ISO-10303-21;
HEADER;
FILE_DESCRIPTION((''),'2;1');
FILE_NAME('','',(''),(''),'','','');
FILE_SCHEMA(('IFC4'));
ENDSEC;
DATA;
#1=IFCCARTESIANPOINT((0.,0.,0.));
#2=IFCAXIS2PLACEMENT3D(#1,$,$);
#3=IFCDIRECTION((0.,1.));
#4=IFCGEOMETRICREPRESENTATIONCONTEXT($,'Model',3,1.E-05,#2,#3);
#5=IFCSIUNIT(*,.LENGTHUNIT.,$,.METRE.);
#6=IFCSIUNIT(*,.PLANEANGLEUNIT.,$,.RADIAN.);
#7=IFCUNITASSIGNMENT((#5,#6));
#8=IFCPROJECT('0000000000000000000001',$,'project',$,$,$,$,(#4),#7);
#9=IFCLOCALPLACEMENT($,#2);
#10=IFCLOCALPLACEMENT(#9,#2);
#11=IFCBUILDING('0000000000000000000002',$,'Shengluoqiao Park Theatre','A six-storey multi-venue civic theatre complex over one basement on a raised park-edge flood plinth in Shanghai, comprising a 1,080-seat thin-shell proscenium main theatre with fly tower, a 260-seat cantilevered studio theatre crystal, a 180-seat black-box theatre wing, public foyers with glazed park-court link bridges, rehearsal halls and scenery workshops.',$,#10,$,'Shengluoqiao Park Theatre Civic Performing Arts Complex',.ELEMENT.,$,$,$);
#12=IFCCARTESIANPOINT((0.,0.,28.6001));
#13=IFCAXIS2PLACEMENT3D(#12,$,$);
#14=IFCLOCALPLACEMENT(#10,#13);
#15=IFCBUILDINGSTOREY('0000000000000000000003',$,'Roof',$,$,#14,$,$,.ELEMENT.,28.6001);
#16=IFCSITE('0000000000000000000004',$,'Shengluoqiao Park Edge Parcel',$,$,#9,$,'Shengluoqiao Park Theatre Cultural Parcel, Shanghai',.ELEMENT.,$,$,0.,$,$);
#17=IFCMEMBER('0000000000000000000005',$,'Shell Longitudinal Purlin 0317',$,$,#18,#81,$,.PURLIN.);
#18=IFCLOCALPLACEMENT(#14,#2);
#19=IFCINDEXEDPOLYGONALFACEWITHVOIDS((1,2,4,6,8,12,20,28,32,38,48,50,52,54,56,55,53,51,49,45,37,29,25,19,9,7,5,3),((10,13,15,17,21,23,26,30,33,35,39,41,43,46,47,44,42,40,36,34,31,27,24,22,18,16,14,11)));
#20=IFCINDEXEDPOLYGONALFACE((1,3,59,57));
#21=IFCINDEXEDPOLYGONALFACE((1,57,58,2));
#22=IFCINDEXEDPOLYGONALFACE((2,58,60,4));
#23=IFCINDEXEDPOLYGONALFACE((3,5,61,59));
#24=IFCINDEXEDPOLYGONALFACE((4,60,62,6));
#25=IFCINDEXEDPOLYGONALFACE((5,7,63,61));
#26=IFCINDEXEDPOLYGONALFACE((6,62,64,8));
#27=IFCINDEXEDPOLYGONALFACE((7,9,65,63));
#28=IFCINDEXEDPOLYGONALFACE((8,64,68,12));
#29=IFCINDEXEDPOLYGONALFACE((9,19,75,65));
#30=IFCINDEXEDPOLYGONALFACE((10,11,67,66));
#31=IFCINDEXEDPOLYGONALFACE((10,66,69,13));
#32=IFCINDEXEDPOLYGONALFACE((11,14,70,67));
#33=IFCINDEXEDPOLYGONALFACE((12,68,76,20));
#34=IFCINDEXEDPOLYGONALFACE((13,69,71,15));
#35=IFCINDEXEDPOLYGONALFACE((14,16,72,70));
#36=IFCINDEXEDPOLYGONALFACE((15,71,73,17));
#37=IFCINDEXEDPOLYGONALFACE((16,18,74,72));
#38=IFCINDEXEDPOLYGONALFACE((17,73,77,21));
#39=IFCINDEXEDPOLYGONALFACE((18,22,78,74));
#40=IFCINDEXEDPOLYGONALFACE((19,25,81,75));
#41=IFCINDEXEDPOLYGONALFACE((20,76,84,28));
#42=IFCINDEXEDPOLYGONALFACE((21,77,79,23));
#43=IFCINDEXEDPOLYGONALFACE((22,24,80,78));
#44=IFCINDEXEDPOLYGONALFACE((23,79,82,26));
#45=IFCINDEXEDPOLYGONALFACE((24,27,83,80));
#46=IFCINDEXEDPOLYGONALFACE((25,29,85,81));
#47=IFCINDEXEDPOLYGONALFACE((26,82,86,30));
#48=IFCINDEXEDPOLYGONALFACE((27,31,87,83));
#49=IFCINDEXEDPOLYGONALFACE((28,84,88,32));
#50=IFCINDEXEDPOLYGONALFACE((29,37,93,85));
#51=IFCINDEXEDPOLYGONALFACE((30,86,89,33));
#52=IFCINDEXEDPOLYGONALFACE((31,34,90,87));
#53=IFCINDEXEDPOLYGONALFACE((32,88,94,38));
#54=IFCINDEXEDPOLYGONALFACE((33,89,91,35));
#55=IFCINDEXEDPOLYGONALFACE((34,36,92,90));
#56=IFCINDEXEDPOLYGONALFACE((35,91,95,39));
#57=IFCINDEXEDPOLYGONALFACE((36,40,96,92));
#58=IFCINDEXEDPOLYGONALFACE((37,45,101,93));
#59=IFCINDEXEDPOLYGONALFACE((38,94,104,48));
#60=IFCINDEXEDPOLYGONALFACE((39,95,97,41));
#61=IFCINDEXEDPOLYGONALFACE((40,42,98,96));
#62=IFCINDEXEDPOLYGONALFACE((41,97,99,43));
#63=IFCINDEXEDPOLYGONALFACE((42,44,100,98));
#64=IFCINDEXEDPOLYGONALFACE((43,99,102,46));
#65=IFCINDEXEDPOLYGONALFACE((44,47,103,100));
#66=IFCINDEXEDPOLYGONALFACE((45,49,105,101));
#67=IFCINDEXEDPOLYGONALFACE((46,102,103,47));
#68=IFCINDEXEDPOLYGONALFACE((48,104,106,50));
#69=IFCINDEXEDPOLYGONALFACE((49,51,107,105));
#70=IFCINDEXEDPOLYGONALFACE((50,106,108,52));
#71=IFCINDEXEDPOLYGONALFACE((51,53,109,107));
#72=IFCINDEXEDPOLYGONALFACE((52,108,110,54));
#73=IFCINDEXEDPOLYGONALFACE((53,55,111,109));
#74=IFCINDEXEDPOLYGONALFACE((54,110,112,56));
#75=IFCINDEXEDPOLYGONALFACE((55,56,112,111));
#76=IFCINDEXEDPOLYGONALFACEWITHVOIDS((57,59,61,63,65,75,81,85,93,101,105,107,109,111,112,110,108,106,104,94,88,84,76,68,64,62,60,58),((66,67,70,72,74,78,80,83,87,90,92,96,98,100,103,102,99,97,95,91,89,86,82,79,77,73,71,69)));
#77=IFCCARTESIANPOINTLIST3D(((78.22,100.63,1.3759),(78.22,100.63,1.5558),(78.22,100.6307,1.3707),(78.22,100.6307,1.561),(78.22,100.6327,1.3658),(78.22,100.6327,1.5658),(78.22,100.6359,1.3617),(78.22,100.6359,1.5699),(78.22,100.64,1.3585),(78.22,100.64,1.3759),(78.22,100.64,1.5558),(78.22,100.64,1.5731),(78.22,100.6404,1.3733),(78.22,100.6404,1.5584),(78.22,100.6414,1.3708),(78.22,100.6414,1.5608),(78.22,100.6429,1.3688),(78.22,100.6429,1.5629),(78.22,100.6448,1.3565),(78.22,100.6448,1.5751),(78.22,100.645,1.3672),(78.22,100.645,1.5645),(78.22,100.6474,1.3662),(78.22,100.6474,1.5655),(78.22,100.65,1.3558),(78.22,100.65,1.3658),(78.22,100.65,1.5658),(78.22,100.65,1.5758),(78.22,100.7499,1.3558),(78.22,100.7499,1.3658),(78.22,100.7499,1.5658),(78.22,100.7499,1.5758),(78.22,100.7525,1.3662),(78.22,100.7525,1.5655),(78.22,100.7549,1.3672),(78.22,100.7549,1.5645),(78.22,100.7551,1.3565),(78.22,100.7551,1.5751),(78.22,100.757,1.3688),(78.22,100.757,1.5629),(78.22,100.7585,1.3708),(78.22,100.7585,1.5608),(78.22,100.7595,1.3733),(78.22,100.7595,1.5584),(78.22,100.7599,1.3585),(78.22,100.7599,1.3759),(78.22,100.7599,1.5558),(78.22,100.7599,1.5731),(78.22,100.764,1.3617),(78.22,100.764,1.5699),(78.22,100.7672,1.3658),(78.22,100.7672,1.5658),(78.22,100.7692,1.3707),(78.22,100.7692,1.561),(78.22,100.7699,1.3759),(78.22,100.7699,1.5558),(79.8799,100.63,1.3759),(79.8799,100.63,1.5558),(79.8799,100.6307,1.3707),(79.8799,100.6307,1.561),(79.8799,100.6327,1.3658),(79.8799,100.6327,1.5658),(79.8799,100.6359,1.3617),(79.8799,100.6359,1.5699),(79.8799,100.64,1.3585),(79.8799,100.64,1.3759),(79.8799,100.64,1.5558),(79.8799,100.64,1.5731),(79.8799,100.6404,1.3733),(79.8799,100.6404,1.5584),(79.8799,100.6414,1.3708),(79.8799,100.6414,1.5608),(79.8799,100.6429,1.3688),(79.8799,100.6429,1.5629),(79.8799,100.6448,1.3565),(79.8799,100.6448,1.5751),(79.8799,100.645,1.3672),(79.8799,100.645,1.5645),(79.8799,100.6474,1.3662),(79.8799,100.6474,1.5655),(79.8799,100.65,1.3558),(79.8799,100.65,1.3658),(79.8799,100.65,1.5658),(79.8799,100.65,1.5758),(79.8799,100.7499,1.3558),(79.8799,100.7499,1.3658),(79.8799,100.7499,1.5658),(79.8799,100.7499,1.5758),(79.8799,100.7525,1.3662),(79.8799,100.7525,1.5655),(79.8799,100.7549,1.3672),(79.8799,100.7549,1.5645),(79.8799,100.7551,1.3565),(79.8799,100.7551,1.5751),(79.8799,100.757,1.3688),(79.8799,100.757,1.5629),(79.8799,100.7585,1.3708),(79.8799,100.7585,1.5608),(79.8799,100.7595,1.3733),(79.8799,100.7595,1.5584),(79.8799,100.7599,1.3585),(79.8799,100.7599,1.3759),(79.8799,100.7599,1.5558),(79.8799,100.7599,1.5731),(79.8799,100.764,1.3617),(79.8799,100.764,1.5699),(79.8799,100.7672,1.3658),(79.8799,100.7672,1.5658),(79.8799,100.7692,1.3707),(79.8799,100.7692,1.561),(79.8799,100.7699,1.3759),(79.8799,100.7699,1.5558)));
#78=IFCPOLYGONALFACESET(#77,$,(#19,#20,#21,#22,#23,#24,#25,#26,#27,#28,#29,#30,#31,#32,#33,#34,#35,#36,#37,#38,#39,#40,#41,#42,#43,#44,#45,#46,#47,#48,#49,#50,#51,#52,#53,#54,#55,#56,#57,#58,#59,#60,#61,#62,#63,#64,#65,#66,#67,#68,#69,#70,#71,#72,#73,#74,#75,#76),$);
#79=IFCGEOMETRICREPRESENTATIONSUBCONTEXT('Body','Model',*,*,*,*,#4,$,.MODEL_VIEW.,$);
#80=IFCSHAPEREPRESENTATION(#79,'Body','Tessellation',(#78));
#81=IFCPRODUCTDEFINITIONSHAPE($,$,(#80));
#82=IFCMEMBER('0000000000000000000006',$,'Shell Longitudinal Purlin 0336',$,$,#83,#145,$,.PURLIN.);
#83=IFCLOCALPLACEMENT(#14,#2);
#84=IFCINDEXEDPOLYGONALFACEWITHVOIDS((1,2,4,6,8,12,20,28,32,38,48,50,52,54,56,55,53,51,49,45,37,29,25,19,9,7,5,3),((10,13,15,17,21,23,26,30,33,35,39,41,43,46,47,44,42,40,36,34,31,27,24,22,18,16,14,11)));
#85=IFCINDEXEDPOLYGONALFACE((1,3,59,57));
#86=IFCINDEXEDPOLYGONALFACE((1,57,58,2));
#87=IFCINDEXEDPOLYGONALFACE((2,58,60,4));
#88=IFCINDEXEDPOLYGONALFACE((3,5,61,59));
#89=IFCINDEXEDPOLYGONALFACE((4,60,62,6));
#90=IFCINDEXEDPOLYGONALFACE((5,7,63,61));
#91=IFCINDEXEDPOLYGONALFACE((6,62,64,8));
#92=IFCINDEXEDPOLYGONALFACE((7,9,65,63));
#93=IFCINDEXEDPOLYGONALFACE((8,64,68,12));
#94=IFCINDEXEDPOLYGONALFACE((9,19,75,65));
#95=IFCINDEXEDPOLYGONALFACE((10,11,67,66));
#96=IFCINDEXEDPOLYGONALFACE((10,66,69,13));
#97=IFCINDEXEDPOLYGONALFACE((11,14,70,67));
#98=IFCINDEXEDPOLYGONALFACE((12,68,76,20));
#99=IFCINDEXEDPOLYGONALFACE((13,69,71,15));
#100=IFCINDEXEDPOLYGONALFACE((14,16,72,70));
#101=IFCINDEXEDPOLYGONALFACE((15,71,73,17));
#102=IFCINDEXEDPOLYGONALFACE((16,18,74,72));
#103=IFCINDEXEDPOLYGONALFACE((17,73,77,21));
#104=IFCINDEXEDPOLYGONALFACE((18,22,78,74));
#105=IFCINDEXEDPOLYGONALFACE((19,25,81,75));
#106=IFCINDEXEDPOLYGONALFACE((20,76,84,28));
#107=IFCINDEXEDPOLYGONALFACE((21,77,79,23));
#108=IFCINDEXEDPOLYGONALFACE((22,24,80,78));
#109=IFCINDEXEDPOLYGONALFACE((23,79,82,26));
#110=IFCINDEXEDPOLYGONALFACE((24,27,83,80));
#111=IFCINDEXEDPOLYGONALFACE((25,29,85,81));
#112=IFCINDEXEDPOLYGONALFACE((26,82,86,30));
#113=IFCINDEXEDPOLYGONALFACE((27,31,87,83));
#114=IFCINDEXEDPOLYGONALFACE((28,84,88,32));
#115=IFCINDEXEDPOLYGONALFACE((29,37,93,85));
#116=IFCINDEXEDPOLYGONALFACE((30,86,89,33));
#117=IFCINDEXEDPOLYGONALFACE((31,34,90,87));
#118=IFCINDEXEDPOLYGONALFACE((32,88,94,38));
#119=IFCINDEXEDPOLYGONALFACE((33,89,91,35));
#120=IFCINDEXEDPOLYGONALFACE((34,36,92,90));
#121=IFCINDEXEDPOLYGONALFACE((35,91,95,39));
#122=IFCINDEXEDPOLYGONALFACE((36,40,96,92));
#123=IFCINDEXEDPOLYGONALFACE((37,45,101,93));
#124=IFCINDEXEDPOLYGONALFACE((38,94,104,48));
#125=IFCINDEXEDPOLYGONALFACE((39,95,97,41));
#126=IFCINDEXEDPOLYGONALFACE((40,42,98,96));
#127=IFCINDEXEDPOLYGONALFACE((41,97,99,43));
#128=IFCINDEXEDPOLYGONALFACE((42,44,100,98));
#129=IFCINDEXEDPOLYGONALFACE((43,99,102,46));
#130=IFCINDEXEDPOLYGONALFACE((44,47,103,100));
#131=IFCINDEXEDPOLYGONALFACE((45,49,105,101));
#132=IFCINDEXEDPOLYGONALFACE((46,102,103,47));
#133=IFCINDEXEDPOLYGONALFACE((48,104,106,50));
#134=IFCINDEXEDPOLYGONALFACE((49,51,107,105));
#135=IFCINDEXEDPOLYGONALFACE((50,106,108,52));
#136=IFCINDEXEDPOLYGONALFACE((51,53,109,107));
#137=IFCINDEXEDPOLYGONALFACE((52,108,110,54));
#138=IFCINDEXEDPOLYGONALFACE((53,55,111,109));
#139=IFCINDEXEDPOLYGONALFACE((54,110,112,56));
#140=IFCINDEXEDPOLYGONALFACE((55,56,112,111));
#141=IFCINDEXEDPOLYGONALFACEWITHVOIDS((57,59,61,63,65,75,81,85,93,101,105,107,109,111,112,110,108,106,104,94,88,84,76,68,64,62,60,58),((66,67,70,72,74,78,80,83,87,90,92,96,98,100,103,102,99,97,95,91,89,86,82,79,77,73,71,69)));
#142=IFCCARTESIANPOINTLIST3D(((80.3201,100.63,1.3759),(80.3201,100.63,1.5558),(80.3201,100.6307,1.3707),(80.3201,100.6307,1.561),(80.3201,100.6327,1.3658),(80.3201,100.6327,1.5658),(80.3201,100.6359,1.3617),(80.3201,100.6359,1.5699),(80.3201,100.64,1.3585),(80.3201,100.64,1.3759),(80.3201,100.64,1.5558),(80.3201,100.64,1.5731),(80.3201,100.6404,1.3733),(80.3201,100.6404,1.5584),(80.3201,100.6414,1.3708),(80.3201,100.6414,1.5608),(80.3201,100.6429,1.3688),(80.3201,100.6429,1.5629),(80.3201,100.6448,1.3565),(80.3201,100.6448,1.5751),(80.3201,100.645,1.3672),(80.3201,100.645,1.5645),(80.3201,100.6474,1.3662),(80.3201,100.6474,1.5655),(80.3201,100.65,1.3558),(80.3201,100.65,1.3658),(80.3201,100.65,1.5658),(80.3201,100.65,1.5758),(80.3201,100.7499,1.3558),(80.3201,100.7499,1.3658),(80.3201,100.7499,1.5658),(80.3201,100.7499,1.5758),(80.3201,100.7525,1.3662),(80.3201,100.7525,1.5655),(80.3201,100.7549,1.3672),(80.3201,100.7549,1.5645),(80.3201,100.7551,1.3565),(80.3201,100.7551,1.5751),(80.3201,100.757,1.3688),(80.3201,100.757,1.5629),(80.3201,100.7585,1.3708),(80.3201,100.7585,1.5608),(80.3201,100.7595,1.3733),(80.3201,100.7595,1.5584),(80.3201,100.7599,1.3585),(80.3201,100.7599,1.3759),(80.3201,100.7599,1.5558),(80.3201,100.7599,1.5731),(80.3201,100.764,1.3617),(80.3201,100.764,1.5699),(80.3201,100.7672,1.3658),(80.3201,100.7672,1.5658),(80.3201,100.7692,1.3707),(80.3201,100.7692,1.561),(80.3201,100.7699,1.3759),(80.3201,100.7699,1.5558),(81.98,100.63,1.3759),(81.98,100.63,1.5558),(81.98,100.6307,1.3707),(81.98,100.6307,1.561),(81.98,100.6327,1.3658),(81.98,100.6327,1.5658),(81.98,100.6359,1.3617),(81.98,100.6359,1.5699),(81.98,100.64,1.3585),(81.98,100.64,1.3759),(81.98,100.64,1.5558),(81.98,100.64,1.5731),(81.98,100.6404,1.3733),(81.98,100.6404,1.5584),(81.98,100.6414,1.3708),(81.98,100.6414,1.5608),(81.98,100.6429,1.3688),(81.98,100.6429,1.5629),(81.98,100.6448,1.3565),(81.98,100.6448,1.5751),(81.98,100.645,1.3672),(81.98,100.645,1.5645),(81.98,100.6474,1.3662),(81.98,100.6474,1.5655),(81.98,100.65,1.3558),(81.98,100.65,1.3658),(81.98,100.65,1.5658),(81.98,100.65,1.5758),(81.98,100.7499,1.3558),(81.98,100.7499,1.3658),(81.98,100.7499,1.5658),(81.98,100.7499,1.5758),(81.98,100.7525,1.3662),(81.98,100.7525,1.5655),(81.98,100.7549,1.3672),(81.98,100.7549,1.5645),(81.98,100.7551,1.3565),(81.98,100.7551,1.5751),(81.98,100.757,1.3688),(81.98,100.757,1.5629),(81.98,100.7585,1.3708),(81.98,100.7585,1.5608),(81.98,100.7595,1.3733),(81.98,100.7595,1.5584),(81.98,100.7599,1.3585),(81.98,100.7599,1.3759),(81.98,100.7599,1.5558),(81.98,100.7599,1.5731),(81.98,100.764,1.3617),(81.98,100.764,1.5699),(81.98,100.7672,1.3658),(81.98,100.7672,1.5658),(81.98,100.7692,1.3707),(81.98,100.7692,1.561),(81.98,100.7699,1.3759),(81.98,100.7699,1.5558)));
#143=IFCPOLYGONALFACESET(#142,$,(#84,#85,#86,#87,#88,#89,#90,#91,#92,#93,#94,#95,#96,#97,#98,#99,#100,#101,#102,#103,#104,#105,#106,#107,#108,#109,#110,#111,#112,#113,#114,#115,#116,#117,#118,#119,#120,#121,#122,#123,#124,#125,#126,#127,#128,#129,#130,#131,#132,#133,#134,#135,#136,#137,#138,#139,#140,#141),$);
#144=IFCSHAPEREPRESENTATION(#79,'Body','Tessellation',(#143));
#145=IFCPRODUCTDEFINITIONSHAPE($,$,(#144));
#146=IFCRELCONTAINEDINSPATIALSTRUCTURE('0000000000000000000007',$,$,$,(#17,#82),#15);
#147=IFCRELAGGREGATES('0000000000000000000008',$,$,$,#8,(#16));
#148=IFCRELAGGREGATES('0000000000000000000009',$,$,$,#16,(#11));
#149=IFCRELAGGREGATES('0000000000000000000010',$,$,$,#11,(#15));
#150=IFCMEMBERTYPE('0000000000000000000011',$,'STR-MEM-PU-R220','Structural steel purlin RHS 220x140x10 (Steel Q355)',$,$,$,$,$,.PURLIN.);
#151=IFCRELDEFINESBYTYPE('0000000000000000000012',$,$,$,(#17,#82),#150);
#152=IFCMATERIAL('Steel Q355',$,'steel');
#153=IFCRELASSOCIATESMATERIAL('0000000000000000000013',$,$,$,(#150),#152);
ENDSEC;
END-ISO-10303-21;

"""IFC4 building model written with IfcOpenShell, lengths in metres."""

from ifc_helpers import new_model, si_unit, direction, frame, origin, origin_2d, place, context, subcontext, project, spatial, hollow_rectangle, extrude, material, material_profile, profile_set, type_object, element, save


model = new_model("IFC4")

# Units and contexts
model_context = context("Model", 3, precision=1e-05, world=origin(), true_north=direction((0.0, 1.0)))
body_context = subcontext(model_context, "Body", "Model", "MODEL_VIEW")
ifc_project = project(units=[si_unit("LENGTHUNIT", "METRE"), si_unit("PLANEANGLEUNIT", "RADIAN")], contexts=[model_context])

# Site, building, storey
site_placement = place(None, origin())
site = spatial("IfcSite", under=ifc_project, at=site_placement, Name="Shengluoqiao Park Edge Parcel", LongName="Shengluoqiao Park Theatre Cultural Parcel, Shanghai", CompositionType="ELEMENT", RefElevation=0.0)
building_placement = place(site_placement, origin())
building = spatial("IfcBuilding", under=site, at=building_placement, Name="Shengluoqiao Park Theatre", Description="A six-storey multi-venue civic theatre complex over one basement on a raised park-edge flood plinth in Shanghai, comprising a 1,080-seat thin-shell proscenium main theatre with fly tower, a 260-seat cantilevered studio theatre crystal, a 180-seat black-box theatre wing, public foyers with glazed park-court link bridges, rehearsal halls and scenery workshops.", LongName="Shengluoqiao Park Theatre Civic Performing Arts Complex", CompositionType="ELEMENT")
storey_placement = place(building_placement, frame((0.0, 0.0, 28.6001)))
storey = spatial("IfcBuildingStorey", under=building, at=storey_placement, Name="Roof", CompositionType="ELEMENT", Elevation=28.6001)

# Shared definitions
ifc_material_1 = material(Name="Steel Q355", Category="steel")

# Members
ifc_material_profile_1 = material_profile(ifc_material_1, hollow_rectangle(XDim=0.1399, YDim=0.22, WallThickness=0.01, InnerFilletRadius=0.01, OuterFilletRadius=0.02, at=origin_2d()), Name="RHS 220x140x10")
ifc_profile_set_1 = profile_set([ifc_material_profile_1], Name="Steel Q355")
member_type_1 = type_object("IfcMemberType", Name="STR-MEM-PU-R220", Description="Structural steel purlin RHS 220x140x10 (Steel Q355)", PredefinedType="PURLIN", material=ifc_profile_set_1)
for number, where, z_axis, x_axis, name in (
    (1, (78.22, 100.7, 1.4658), (1.0, 0.0, 0.0), (0.0, 1.0, 0.0), "Shell Longitudinal Purlin 0317"),
    (2, (80.3201, 100.7, 1.4658), (1.0, 0.0, 0.0), (0.0, 1.0, 0.0), "Shell Longitudinal Purlin 0336"),
):
    element("IfcMember", number, at=place(storey_placement, frame(where, z_axis=z_axis, x_axis=x_axis)), inside=storey, type_object=member_type_1, Name=name, PredefinedType="PURLIN", context=body_context, shape_type="SweptSolid", body=[
        extrude(hollow_rectangle(XDim=0.1399, YDim=0.22, WallThickness=0.01, InnerFilletRadius=0.01, OuterFilletRadius=0.02, at=origin_2d()), origin(), (0.0, 0.0, 1.0), 1.6599),
    ])

save(model, "model.ifc")
